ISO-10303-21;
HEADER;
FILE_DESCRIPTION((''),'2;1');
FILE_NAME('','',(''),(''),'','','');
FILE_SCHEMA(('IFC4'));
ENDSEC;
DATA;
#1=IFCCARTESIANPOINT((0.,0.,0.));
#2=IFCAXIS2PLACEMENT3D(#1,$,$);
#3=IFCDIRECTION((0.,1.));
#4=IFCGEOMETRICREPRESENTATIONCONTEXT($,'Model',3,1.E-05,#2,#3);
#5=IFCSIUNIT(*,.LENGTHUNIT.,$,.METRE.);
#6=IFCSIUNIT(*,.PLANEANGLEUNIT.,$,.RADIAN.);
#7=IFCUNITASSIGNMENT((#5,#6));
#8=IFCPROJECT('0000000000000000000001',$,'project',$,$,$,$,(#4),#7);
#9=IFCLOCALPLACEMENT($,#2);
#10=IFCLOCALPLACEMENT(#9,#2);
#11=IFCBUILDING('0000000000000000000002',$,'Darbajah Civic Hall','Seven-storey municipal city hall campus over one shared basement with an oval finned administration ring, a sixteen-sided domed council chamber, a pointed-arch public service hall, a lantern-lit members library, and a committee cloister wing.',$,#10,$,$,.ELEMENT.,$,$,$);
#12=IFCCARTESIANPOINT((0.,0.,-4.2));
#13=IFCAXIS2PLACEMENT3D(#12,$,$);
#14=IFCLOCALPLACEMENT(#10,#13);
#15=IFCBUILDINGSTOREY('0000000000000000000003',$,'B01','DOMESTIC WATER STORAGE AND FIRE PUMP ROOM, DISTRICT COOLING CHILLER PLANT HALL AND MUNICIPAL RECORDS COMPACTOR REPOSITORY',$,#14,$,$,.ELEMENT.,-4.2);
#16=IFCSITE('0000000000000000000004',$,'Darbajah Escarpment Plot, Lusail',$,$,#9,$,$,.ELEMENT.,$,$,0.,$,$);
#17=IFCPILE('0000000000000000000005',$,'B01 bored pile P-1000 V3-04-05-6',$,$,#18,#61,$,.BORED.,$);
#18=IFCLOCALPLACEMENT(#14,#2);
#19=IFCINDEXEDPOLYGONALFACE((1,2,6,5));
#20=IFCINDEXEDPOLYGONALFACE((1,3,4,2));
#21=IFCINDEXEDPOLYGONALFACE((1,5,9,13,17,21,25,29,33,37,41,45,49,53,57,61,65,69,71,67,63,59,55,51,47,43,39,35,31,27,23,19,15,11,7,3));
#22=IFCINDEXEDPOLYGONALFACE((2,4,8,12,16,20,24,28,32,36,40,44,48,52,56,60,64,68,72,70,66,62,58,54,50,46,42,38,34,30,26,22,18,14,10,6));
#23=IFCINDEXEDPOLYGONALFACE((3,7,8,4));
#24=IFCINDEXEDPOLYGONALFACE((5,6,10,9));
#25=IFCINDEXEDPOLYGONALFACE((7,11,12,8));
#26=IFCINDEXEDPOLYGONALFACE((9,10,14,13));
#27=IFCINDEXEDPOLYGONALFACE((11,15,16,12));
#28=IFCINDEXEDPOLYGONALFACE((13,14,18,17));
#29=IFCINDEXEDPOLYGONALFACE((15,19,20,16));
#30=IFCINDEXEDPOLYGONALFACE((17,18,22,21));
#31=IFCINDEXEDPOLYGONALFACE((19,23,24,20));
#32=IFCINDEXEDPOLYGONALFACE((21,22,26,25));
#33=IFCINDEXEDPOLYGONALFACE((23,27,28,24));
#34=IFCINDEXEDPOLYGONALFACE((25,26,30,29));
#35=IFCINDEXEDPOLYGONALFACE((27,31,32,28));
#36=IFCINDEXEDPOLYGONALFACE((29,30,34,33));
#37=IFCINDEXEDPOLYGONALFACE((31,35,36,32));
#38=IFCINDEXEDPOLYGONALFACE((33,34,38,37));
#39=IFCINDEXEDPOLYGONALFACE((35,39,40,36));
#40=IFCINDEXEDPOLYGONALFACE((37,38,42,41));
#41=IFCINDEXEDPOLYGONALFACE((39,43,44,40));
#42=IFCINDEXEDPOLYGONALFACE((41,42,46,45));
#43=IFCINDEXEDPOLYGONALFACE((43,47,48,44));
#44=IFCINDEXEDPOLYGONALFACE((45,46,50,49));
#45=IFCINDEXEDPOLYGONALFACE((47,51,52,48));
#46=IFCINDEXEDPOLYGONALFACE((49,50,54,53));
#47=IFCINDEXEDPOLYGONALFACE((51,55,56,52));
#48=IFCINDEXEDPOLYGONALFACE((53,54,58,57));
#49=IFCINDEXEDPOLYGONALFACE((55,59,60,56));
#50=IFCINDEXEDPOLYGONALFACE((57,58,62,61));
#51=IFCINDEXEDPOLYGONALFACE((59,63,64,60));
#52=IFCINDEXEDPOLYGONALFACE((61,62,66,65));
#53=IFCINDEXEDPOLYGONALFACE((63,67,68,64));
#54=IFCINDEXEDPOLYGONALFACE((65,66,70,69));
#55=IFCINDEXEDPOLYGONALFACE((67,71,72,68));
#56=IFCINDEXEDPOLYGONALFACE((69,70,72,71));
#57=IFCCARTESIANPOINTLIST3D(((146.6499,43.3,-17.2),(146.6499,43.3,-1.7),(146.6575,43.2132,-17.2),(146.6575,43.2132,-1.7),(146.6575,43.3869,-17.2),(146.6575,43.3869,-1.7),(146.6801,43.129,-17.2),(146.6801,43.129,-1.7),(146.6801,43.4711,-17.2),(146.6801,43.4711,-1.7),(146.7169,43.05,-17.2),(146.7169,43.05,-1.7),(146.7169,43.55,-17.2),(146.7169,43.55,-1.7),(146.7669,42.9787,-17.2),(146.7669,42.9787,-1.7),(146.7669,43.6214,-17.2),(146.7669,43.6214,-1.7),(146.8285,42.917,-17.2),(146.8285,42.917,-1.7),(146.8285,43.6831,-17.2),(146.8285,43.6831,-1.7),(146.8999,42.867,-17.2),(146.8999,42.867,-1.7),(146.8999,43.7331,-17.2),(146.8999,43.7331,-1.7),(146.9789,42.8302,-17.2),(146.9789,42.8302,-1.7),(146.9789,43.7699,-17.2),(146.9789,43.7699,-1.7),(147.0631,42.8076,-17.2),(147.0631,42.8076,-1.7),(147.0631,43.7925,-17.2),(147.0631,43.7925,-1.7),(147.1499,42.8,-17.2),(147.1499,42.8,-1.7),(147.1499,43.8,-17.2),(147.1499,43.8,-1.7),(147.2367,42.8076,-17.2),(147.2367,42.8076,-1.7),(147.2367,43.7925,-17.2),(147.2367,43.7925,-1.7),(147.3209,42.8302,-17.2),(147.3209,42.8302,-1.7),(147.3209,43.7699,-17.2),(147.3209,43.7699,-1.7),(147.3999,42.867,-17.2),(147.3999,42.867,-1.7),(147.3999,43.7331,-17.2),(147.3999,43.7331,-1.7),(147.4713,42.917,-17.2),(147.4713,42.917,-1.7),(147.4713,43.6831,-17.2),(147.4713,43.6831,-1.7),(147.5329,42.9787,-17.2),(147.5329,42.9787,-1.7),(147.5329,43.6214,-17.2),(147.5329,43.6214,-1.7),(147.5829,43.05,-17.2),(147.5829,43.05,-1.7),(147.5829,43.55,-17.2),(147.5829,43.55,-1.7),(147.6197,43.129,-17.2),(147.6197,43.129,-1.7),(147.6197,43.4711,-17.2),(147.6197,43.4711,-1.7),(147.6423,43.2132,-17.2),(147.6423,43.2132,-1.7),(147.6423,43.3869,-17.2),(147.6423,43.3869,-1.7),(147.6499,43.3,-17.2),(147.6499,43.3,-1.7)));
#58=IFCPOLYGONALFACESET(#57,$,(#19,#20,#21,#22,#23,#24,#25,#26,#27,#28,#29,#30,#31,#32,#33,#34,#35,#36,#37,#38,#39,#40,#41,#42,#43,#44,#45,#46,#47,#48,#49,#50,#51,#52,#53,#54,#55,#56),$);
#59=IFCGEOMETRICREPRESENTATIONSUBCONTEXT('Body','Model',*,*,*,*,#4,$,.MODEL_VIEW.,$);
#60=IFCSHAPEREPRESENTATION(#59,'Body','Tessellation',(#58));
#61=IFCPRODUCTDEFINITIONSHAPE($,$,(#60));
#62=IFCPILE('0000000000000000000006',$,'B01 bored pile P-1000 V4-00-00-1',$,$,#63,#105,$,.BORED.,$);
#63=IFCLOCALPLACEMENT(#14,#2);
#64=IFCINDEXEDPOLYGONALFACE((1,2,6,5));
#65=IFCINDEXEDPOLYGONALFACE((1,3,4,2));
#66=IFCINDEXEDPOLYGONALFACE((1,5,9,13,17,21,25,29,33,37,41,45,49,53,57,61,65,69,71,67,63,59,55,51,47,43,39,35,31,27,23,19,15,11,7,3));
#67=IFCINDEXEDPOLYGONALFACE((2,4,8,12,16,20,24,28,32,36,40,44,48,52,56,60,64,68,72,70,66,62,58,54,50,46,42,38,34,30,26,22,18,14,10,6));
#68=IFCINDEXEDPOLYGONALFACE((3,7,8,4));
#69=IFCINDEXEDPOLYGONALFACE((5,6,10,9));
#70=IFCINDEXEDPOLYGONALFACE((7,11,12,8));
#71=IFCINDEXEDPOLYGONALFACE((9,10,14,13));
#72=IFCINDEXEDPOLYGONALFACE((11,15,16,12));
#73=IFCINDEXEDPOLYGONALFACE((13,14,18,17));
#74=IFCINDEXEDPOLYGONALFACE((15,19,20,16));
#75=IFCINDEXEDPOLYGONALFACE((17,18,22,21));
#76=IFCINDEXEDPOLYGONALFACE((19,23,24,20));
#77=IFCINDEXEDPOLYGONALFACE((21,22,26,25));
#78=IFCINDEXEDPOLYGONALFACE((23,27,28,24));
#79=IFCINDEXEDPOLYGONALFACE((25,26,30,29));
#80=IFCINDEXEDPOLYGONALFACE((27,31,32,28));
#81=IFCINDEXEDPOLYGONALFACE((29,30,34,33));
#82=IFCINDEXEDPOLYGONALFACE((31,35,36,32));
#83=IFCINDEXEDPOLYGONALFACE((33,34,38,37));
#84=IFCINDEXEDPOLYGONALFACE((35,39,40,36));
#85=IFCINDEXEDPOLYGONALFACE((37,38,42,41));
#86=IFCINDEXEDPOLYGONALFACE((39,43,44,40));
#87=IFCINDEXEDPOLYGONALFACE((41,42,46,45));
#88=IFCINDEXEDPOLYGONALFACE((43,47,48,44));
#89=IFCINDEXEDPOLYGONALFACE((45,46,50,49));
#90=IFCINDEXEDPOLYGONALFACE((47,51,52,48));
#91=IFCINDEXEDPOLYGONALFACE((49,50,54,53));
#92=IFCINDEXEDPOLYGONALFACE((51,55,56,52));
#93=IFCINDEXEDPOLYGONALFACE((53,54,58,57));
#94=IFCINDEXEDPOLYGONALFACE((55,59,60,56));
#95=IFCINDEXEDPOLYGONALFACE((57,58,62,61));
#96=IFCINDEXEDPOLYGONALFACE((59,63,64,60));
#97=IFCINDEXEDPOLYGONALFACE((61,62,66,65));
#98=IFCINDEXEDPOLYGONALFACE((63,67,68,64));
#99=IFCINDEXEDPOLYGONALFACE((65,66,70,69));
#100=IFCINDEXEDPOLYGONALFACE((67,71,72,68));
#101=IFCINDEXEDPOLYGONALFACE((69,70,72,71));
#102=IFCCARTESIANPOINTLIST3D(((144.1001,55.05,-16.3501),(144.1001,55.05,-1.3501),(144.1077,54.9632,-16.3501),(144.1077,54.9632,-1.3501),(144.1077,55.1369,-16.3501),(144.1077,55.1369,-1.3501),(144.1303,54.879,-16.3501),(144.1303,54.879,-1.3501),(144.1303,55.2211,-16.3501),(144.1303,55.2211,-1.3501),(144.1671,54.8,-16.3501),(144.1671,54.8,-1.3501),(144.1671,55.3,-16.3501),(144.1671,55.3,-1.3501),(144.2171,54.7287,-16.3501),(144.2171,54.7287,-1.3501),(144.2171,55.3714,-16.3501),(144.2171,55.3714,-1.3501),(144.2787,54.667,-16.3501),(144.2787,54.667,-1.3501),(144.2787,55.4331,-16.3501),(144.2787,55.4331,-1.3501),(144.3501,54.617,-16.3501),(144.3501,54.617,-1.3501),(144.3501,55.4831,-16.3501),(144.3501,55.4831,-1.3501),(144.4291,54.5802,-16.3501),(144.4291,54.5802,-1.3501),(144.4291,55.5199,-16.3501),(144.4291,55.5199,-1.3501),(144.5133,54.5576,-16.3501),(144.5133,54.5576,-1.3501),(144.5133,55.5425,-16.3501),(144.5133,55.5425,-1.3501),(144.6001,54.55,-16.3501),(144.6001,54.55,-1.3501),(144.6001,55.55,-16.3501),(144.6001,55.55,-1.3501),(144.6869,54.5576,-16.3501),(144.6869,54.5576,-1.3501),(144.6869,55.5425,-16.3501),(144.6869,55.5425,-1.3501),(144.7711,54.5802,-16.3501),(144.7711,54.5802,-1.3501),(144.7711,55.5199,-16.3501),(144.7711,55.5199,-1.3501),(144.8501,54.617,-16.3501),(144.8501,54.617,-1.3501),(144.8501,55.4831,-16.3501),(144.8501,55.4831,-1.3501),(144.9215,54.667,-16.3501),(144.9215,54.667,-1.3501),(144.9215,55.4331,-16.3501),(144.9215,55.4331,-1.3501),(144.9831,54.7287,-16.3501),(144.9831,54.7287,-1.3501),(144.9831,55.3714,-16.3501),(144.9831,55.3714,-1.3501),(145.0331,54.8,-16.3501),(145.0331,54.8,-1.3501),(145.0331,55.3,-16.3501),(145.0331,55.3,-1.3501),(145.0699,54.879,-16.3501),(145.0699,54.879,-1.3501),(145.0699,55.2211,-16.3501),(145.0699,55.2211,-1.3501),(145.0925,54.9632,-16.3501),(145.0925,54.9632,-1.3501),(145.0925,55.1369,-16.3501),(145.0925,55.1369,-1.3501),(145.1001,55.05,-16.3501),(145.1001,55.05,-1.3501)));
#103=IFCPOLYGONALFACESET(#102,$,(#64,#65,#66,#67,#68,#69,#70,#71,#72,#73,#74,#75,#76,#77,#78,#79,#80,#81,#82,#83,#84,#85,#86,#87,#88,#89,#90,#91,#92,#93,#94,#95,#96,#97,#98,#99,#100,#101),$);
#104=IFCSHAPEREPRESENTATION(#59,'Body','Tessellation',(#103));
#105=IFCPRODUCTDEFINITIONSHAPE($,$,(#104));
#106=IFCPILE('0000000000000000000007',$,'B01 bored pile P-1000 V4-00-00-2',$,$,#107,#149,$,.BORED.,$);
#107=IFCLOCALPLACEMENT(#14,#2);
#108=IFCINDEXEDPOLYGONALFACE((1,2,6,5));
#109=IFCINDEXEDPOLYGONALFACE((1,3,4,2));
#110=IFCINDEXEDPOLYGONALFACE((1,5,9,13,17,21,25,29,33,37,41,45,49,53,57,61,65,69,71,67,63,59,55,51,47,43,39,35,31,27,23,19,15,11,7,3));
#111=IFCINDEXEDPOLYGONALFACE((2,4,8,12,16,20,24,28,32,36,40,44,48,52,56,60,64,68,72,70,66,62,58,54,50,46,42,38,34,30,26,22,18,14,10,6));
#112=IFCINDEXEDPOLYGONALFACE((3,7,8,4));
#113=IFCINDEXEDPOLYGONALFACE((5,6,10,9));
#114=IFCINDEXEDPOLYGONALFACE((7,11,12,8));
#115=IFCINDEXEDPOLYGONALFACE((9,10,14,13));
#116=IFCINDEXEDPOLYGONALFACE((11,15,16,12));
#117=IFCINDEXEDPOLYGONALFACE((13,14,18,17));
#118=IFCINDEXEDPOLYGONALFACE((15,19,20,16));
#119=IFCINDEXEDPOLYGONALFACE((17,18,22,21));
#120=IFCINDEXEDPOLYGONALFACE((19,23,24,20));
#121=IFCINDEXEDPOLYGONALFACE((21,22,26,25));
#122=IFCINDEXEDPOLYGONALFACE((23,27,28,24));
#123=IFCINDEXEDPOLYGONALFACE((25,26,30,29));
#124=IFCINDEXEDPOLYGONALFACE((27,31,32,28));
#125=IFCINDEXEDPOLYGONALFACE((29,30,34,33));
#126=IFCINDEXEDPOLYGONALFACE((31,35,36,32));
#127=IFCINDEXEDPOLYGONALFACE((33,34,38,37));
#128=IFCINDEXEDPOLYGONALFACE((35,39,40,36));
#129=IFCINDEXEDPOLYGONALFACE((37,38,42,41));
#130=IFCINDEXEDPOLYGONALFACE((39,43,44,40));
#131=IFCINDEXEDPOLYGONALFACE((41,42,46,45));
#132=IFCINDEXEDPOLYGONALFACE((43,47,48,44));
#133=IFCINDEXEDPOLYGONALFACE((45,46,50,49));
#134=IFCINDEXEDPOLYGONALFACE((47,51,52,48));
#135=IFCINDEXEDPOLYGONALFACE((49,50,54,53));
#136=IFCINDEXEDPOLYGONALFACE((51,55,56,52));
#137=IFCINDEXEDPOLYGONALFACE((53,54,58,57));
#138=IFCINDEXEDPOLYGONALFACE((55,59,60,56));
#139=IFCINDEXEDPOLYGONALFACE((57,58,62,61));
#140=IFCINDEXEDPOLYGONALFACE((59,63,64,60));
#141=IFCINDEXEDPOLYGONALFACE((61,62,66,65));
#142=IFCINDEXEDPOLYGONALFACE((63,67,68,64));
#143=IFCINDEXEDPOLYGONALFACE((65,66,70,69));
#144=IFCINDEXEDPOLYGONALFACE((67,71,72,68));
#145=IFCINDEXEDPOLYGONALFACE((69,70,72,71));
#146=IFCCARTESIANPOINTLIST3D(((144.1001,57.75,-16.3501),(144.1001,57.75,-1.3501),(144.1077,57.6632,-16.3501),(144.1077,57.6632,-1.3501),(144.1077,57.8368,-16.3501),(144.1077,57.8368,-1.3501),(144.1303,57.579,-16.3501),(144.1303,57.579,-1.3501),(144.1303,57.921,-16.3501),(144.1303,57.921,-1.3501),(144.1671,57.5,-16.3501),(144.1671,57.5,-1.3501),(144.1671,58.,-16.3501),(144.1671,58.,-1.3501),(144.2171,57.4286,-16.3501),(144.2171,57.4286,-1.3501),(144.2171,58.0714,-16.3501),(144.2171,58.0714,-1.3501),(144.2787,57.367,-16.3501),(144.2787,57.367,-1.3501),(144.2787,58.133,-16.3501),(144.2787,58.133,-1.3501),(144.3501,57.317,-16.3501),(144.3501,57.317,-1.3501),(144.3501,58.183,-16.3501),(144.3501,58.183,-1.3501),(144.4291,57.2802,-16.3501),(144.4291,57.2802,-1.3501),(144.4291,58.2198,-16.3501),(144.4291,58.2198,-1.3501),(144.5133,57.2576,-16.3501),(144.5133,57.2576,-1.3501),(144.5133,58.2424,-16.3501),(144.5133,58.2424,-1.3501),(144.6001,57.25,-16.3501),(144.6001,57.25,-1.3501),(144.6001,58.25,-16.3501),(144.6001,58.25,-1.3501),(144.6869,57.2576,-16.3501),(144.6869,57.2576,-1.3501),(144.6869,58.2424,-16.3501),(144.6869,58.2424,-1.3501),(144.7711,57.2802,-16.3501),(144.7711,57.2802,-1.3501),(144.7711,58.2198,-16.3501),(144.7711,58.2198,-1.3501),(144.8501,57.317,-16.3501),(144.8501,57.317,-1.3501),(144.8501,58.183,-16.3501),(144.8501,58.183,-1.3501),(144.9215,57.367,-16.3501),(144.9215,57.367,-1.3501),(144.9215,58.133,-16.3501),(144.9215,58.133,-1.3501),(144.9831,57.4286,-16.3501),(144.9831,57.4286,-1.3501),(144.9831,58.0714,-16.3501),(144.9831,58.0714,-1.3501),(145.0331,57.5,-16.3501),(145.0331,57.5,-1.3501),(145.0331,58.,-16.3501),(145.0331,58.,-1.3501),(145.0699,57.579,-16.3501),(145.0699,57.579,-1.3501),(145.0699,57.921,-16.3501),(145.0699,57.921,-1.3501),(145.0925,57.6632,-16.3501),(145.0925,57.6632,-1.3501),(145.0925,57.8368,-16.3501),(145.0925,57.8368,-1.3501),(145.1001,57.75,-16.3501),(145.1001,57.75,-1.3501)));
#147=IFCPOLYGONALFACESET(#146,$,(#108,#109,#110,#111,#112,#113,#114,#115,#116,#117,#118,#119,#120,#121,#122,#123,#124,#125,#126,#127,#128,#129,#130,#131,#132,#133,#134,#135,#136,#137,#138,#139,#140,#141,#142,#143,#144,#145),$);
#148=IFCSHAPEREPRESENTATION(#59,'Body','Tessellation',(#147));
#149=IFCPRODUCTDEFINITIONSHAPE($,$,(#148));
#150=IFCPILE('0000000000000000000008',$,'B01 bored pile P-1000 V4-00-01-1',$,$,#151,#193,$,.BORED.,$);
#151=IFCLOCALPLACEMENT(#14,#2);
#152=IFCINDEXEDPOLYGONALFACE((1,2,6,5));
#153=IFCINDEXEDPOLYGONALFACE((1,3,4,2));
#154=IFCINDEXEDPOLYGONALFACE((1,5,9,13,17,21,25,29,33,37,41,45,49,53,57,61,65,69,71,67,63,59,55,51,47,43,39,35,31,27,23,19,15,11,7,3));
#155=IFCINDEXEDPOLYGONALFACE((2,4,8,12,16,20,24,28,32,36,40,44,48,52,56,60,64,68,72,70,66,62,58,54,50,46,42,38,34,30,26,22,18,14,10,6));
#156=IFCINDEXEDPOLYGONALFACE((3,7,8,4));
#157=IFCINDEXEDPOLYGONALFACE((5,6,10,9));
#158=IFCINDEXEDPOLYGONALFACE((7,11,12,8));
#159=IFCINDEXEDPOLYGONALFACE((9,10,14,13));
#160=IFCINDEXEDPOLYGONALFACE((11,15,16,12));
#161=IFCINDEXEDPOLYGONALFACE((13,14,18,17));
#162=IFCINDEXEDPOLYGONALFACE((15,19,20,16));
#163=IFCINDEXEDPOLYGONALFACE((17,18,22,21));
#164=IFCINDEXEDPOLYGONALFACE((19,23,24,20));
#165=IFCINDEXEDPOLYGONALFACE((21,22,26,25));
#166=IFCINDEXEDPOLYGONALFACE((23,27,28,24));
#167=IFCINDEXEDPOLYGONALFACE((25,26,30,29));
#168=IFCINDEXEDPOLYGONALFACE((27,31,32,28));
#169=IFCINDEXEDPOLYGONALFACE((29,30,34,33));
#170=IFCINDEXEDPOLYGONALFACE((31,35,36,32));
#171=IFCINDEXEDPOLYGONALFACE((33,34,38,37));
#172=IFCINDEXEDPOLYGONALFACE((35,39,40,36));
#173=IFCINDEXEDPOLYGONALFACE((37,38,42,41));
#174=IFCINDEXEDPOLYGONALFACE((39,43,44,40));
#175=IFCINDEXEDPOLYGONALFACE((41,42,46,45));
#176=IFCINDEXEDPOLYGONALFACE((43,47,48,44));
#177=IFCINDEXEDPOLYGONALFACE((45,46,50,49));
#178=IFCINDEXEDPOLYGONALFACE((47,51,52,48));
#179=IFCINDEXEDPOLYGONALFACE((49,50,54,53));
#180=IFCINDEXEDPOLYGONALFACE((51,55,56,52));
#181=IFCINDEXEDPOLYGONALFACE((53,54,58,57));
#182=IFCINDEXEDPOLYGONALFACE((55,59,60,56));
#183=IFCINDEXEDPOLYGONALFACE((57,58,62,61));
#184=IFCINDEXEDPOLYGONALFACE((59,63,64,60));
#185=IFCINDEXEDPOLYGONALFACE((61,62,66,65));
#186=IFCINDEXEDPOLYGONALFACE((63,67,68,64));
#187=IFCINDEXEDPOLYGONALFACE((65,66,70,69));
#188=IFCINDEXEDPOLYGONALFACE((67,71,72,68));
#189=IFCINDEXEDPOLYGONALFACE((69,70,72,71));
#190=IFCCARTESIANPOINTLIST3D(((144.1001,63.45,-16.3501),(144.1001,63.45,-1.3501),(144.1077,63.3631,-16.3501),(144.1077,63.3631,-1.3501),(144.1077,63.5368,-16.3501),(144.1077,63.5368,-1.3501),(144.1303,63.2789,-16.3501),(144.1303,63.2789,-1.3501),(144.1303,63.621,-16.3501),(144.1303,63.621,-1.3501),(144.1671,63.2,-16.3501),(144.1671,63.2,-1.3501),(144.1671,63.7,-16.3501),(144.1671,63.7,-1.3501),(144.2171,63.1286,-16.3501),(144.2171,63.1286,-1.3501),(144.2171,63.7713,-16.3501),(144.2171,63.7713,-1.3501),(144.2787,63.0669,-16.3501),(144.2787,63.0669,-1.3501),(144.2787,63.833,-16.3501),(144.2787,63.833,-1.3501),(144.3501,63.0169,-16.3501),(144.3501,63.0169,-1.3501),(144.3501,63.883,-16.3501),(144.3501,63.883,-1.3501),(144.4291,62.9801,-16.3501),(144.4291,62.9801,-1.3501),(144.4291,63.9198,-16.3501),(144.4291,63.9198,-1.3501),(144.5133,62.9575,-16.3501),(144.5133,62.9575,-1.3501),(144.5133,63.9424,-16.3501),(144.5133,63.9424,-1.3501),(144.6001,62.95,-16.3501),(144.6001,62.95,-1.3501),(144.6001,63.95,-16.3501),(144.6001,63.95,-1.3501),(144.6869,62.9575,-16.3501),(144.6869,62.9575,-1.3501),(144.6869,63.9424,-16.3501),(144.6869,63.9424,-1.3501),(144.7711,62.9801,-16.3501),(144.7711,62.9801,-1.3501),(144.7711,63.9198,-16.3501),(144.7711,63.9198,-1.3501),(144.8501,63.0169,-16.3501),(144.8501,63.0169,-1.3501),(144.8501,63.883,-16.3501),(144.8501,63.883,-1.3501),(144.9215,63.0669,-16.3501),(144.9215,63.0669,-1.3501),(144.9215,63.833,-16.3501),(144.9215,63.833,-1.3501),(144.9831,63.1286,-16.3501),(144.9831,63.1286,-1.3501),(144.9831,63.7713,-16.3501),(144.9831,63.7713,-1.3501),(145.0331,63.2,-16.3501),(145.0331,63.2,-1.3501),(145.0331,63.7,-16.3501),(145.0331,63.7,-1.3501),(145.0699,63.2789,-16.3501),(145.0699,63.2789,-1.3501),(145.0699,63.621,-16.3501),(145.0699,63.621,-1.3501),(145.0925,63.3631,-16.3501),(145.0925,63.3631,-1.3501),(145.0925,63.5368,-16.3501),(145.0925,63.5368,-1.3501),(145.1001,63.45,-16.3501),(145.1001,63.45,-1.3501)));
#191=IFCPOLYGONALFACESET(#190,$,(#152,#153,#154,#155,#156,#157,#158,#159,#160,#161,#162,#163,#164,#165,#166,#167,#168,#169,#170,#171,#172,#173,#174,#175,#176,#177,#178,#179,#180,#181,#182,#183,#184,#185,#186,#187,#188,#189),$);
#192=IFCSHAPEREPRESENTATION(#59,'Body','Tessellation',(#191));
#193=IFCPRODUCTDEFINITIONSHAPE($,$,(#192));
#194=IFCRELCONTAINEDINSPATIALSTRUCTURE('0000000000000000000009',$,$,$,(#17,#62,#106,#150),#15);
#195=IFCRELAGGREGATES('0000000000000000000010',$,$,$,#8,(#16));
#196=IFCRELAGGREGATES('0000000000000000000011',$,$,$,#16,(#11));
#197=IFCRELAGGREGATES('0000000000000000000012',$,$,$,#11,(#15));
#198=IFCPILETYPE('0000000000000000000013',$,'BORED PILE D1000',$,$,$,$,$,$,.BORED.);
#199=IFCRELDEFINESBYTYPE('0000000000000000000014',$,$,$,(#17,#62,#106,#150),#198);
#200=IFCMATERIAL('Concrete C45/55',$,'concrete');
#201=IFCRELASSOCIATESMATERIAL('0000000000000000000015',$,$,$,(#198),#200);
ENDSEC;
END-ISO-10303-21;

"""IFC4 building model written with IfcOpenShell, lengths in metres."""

from ifc_helpers import new_model, si_unit, direction, frame, origin, origin_2d, place, context, subcontext, project, spatial, circle, extrude, material, material_profile, profile_set, type_object, element, save


model = new_model("IFC4")

# Units and contexts
model_context = context("Model", 3, precision=1e-05, world=origin(), true_north=direction((0.0, 1.0)))
body_context = subcontext(model_context, "Body", "Model", "MODEL_VIEW")
ifc_project = project(units=[si_unit("LENGTHUNIT", "METRE"), si_unit("PLANEANGLEUNIT", "RADIAN")], contexts=[model_context])

# Site, building, storey
site_placement = place(None, origin())
site = spatial("IfcSite", under=ifc_project, at=site_placement, Name="Darbajah Escarpment Plot, Lusail", CompositionType="ELEMENT", RefElevation=0.0)
building_placement = place(site_placement, origin())
building = spatial("IfcBuilding", under=site, at=building_placement, Name="Darbajah Civic Hall", Description="Seven-storey municipal city hall campus over one shared basement with an oval finned administration ring, a sixteen-sided domed council chamber, a pointed-arch public service hall, a lantern-lit members library, and a committee cloister wing.", CompositionType="ELEMENT")
storey_placement = place(building_placement, frame((0.0, 0.0, -4.2)))
storey = spatial("IfcBuildingStorey", under=building, at=storey_placement, Name="B01", Description="DOMESTIC WATER STORAGE AND FIRE PUMP ROOM, DISTRICT COOLING CHILLER PLANT HALL AND MUNICIPAL RECORDS COMPACTOR REPOSITORY", CompositionType="ELEMENT", Elevation=-4.2)

# Piles
ifc_material_1 = material(Name="Concrete C45/55", Category="concrete")
ifc_material_profile_1 = material_profile(ifc_material_1, circle(Radius=0.5, at=origin_2d()), Name="BORED PILE D1000")
ifc_profile_set_1 = profile_set([ifc_material_profile_1], Name="Concrete C45/55")
pile_type_1 = type_object("IfcPileType", Name="BORED PILE D1000", PredefinedType="BORED", material=ifc_profile_set_1)
for number, where, z_axis, x_axis, name in (
    (1, (147.1499, 43.3, -1.7), (0.0, 0.0, -1.0), (1.0, 0.0, 0.0), "B01 bored pile P-1000 V3-04-05-6"),
):
    element("IfcPile", number, at=place(storey_placement, frame(where, z_axis=z_axis, x_axis=x_axis)), inside=storey, type_object=pile_type_1, Name=name, PredefinedType="BORED", context=body_context, shape_type="SweptSolid", body=[
        extrude(circle(Radius=0.5, at=origin_2d()), origin(), (0.0, 0.0, 1.0), 15.5),
    ])
for number, where, z_axis, x_axis, name in (
    (2, (144.6001, 55.05, -1.3501), (0.0, 0.0, -1.0), (1.0, 0.0, 0.0), "B01 bored pile P-1000 V4-00-00-1"),
    (3, (144.6001, 57.75, -1.3501), (0.0, 0.0, -1.0), (1.0, 0.0, 0.0), "B01 bored pile P-1000 V4-00-00-2"),
    (4, (144.6001, 63.45, -1.3501), (0.0, 0.0, -1.0), (1.0, 0.0, 0.0), "B01 bored pile P-1000 V4-00-01-1"),
):
    element("IfcPile", number, at=place(storey_placement, frame(where, z_axis=z_axis, x_axis=x_axis)), inside=storey, type_object=pile_type_1, Name=name, PredefinedType="BORED", context=body_context, shape_type="SweptSolid", body=[
        extrude(circle(Radius=0.5, at=origin_2d()), origin(), (0.0, 0.0, 1.0), 15.0),
    ])

save(model, "model.ifc")
